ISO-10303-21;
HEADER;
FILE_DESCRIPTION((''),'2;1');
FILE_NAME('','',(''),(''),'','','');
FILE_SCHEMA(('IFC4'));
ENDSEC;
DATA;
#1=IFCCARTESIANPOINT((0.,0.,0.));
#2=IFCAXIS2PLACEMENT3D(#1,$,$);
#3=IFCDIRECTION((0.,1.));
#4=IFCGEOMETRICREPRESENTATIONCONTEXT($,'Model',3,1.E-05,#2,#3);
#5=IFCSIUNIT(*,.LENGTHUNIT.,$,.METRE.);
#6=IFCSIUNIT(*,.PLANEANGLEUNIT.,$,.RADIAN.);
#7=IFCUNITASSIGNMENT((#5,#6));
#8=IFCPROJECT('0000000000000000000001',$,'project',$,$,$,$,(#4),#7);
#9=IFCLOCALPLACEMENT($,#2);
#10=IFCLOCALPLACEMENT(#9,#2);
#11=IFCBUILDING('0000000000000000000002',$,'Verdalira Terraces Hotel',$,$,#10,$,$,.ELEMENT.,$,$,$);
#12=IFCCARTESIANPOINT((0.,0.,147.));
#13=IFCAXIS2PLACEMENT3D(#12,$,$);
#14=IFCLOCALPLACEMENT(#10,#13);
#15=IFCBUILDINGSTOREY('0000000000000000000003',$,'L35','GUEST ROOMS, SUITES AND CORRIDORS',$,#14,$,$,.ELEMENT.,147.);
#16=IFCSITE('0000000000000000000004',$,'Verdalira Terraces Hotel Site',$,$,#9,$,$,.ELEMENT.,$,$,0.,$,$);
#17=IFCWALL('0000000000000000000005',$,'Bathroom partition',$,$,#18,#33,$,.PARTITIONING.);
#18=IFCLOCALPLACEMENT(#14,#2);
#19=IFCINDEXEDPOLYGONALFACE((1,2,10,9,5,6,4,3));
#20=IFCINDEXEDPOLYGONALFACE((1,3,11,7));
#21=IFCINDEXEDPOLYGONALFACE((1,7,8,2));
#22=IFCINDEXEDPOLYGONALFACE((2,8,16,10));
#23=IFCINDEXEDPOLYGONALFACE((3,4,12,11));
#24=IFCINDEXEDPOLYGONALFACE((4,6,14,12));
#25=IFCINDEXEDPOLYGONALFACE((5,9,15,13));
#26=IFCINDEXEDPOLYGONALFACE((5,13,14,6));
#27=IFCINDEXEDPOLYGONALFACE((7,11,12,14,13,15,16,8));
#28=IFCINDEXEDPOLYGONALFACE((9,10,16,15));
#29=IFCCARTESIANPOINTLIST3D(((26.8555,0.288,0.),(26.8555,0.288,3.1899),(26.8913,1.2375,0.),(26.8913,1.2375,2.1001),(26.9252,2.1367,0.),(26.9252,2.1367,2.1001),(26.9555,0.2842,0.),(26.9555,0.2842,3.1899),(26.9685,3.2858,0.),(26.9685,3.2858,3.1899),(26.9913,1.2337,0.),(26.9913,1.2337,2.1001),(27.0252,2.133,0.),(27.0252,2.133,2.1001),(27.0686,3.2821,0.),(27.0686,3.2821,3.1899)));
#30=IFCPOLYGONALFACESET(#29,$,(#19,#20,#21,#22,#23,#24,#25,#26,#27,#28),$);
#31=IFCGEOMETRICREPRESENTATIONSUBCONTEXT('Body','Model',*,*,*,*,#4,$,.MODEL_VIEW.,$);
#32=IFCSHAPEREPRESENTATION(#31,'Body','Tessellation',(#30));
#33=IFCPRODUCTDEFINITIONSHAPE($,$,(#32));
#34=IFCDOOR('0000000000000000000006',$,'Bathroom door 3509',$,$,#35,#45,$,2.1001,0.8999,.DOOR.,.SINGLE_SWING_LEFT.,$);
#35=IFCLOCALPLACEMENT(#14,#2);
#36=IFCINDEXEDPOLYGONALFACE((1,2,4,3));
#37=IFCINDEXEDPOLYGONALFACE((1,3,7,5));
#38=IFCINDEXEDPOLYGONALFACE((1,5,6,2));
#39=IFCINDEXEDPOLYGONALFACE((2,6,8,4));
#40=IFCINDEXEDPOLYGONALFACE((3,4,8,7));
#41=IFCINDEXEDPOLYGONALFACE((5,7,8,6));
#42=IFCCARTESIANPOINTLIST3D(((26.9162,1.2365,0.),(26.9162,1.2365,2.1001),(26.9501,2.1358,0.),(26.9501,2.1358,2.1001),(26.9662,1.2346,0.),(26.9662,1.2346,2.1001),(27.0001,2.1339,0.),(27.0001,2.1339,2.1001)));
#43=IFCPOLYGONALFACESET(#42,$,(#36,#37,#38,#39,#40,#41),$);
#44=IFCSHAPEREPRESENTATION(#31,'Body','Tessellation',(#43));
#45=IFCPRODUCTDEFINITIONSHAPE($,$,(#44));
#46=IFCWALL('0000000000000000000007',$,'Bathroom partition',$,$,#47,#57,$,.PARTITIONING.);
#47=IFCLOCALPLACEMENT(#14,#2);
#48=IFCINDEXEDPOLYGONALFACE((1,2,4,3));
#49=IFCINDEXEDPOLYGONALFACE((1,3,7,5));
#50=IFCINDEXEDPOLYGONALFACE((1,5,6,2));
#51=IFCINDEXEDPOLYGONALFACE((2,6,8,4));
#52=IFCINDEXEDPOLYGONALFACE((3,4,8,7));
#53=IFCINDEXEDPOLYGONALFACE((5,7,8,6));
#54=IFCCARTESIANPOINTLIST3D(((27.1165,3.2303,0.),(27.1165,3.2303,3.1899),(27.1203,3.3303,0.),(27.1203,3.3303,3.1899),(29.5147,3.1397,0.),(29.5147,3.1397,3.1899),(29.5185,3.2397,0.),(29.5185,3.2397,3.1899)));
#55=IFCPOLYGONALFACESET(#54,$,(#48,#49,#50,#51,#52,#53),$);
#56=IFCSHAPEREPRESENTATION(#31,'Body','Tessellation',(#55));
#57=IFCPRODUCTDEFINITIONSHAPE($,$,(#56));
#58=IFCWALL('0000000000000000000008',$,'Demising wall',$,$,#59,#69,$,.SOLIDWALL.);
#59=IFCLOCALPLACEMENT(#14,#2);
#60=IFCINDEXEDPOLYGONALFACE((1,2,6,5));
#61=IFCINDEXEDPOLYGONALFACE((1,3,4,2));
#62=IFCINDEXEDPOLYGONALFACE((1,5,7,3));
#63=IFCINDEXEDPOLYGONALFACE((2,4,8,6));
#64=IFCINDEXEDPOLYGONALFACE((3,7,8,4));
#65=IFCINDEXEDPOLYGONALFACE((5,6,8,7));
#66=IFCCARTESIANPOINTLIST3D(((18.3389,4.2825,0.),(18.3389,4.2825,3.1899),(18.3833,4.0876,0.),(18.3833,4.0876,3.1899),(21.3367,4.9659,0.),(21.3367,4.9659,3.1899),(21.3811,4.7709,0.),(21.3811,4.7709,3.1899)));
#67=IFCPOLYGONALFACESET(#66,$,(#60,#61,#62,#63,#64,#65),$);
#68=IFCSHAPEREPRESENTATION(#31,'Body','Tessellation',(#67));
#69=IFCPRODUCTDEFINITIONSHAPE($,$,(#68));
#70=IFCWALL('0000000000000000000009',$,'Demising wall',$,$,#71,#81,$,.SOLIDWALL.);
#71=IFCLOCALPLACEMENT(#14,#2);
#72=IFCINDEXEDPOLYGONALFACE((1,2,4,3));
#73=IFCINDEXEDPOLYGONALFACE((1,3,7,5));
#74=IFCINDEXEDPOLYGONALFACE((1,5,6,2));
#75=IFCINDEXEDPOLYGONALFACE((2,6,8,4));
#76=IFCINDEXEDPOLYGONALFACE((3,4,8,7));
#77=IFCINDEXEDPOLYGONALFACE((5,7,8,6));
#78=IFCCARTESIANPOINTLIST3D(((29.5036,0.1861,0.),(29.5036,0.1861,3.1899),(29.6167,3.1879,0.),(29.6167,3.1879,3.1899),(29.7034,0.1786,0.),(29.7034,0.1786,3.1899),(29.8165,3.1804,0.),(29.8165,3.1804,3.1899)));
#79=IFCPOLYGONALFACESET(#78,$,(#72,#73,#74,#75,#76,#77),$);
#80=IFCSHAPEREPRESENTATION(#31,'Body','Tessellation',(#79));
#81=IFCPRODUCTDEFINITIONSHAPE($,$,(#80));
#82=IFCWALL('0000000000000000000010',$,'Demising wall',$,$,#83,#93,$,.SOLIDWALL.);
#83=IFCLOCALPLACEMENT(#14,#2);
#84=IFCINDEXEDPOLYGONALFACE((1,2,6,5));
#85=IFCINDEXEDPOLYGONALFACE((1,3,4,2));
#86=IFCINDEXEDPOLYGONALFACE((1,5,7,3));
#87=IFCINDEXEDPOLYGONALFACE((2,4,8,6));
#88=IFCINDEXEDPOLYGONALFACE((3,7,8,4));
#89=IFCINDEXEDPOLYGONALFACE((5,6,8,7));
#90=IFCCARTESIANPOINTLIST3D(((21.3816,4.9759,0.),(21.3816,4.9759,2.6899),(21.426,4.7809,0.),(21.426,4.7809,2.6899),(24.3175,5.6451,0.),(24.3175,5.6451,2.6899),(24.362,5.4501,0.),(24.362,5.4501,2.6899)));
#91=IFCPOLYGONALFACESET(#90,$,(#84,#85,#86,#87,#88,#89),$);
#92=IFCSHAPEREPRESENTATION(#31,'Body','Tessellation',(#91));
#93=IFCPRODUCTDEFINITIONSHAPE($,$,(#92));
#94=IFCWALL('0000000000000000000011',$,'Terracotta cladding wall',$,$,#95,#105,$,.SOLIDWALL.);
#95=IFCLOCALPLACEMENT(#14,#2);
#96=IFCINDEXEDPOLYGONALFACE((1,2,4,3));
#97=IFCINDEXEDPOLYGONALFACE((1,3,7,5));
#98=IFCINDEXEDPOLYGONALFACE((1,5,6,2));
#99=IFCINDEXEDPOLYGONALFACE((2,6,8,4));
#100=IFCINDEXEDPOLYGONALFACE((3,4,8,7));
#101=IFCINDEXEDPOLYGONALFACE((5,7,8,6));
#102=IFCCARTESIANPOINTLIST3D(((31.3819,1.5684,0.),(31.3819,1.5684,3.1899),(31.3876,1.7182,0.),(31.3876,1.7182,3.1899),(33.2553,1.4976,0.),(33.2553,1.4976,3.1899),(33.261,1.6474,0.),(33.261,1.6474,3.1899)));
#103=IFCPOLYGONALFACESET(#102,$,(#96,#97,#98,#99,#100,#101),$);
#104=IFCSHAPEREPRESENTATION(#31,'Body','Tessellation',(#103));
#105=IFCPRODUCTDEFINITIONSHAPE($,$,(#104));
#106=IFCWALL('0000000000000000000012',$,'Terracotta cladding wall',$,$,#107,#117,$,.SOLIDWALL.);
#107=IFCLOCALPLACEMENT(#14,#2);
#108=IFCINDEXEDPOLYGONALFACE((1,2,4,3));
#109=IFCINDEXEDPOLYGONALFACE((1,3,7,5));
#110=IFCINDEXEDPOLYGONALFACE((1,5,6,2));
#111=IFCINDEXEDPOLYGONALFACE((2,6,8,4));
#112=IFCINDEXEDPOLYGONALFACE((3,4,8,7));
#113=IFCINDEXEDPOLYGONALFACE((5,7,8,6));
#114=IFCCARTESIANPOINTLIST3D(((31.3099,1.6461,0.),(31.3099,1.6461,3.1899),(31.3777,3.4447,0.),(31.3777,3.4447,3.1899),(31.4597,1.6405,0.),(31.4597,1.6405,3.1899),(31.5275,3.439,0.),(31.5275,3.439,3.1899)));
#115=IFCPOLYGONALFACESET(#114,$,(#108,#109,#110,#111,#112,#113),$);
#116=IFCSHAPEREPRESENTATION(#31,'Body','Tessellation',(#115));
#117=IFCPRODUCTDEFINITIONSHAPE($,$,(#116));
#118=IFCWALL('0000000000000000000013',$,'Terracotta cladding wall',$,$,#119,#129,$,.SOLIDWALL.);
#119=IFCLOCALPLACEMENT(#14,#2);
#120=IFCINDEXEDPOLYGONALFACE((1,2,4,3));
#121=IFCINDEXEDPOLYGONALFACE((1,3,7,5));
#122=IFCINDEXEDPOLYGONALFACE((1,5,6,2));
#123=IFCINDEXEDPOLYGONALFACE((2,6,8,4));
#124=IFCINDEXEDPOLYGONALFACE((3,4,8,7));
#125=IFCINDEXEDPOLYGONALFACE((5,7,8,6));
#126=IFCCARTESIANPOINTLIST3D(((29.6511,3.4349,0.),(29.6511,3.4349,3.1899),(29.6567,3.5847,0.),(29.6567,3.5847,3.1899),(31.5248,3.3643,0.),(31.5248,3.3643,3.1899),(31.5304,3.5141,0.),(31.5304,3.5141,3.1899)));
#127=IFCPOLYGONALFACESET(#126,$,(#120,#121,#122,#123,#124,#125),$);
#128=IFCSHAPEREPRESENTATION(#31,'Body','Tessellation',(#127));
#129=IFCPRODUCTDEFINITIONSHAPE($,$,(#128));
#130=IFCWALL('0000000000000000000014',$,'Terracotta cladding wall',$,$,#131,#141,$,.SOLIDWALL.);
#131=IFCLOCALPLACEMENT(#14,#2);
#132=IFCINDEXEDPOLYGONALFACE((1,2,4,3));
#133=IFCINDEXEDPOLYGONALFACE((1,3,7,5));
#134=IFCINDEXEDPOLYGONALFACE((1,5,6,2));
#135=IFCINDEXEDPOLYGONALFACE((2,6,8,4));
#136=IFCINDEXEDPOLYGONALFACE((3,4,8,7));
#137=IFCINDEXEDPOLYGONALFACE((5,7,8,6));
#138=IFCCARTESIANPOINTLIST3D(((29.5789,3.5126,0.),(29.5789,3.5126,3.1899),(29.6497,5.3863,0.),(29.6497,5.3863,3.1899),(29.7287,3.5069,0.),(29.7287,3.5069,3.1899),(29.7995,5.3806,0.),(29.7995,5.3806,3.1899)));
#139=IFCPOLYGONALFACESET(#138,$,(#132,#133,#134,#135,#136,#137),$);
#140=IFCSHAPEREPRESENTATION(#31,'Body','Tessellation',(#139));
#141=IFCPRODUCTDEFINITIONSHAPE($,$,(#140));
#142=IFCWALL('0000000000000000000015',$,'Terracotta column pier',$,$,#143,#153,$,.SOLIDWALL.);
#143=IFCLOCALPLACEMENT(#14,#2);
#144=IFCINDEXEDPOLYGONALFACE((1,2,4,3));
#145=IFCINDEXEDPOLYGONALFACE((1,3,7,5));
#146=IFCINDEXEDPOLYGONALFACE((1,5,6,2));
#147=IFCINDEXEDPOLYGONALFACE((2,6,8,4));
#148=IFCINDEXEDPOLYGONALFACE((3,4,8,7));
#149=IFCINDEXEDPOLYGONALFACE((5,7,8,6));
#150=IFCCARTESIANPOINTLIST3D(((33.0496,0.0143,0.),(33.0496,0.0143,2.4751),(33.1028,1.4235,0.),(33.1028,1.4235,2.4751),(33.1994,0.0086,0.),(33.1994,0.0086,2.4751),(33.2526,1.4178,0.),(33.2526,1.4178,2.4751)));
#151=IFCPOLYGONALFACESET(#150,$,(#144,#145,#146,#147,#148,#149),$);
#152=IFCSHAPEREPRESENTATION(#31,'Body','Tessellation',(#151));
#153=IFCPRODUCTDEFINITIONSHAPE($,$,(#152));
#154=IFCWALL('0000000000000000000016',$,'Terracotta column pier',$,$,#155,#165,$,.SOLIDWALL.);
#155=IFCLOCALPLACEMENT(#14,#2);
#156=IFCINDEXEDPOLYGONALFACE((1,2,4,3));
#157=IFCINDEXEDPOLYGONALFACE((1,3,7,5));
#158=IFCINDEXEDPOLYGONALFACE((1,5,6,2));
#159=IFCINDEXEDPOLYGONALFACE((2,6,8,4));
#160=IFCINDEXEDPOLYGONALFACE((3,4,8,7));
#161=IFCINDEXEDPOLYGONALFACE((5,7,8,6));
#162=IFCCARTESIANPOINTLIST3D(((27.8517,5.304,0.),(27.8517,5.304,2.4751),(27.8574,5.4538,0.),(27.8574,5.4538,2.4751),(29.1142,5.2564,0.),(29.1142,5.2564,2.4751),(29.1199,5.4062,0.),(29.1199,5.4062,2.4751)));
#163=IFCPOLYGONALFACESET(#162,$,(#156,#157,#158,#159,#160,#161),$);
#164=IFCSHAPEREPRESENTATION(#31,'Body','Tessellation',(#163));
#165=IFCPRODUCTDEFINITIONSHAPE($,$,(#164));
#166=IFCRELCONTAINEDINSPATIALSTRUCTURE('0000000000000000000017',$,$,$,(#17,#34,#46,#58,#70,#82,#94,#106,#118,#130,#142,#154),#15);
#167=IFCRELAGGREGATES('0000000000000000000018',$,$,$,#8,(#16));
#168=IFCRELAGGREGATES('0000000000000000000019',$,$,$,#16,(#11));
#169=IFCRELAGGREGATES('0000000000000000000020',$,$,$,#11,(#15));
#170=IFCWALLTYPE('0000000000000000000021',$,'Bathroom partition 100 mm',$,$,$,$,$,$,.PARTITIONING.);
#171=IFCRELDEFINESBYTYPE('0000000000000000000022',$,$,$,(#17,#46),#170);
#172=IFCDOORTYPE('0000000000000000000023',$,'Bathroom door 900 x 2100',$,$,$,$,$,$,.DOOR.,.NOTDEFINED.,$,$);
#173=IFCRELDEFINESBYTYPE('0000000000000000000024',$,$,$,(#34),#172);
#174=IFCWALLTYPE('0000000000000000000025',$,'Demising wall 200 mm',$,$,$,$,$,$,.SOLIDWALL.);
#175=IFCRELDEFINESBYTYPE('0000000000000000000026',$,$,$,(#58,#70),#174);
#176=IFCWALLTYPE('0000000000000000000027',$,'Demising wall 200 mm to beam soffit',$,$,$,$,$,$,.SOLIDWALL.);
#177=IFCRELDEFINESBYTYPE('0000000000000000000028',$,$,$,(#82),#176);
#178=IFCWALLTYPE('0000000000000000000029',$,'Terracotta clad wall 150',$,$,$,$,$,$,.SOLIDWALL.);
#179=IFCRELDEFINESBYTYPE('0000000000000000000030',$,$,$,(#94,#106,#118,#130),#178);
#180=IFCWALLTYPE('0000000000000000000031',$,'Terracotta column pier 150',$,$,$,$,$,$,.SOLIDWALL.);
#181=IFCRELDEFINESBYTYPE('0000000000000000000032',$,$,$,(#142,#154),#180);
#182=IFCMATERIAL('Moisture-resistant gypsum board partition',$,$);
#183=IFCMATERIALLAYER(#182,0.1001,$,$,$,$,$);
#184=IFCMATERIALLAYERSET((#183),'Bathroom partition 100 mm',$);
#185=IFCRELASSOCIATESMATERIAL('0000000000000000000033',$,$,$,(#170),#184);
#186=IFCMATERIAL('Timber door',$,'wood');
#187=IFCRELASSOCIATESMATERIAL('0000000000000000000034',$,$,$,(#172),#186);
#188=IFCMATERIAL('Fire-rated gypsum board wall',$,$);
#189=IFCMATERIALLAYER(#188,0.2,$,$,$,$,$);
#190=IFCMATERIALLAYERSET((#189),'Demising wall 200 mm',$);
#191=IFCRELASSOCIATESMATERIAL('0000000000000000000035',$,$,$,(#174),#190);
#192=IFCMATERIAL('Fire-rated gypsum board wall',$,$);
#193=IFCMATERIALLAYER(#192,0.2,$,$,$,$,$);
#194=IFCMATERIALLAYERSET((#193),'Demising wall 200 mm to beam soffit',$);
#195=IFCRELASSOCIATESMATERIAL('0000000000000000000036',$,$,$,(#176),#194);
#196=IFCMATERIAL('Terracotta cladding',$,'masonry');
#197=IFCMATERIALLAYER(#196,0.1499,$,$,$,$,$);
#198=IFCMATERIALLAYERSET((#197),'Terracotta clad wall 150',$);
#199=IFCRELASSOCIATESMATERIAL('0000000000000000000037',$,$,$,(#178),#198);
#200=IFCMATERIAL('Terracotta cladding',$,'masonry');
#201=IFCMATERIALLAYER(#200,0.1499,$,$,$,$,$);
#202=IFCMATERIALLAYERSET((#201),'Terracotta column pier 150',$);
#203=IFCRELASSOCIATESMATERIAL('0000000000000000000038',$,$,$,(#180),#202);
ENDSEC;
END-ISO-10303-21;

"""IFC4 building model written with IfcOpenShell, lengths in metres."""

from ifc_helpers import new_model, si_unit, direction, frame, frame_2d, origin, place, context, subcontext, project, spatial, rectangle, extrude, material, layer, layer_set, type_object, element, fill, save


model = new_model("IFC4")

# Units and contexts
model_context = context("Model", 3, precision=1e-05, world=origin(), true_north=direction((0.0, 1.0)))
body_context = subcontext(model_context, "Body", "Model", "MODEL_VIEW")
ifc_project = project(units=[si_unit("LENGTHUNIT", "METRE"), si_unit("PLANEANGLEUNIT", "RADIAN")], contexts=[model_context])

# Site, building, storey
site_placement = place(None, origin())
site = spatial("IfcSite", under=ifc_project, at=site_placement, Name="Verdalira Terraces Hotel Site", CompositionType="ELEMENT", RefElevation=0.0)
building_placement = place(site_placement, origin())
building = spatial("IfcBuilding", under=site, at=building_placement, Name="Verdalira Terraces Hotel", CompositionType="ELEMENT")
storey_placement = place(building_placement, frame((0.0, 0.0, 147.0)))
storey = spatial("IfcBuildingStorey", under=building, at=storey_placement, Name="L35", Description="GUEST ROOMS, SUITES AND CORRIDORS", CompositionType="ELEMENT", Elevation=147.0)

# Wall, opening, door
ifc_material_1 = material(Name="Moisture-resistant gypsum board partition")
ifc_layer_1 = layer(ifc_material_1, 0.1001)
ifc_layer_set_1 = layer_set([ifc_layer_1], Name="Bathroom partition 100 mm")
wall_type_1 = type_object("IfcWallType", Name="Bathroom partition 100 mm", PredefinedType="PARTITIONING", material=ifc_layer_set_1)
wall_1_placement = place(storey_placement, frame((27.0186, 3.2839, 0.0), z_axis=(0.0, 0.0, 1.0), x_axis=(-0.03768, -0.99929, 0.0)))
wall_1 = element("IfcWall", 1, at=wall_1_placement, inside=storey, type_object=wall_type_1, Name="Bathroom partition", PredefinedType="PARTITIONING", context=body_context, shape_type="SweptSolid", body=[
    extrude(rectangle(XDim=3.0, YDim=0.1001, at=frame_2d((1.5, 0.0))), origin(), (0.0, 0.0, 1.0), 3.1899),
])
opening_placement = place(wall_1_placement, frame((1.1499, 0.0, 0.0)))
opening = element("IfcOpeningElement", 2, at=opening_placement, cuts=wall_1, PredefinedType="OPENING", context=body_context, shape_type="SweptSolid", body=[
    extrude(rectangle(XDim=0.8999, YDim=2.1001, at=frame_2d((0.45, 1.05))), frame((0.0, 0.0601, 0.0), z_axis=(0.0, -1.0, 0.0), x_axis=(1.0, 0.0, 0.0)), (0.0, 0.0, 1.0), 0.1201),
])
ifc_material_2 = material(Name="Timber door", Category="wood")
door_type = type_object("IfcDoorType", Name="Bathroom door 900 x 2100", OperationType="NOTDEFINED", PredefinedType="DOOR", material=ifc_material_2)
door_placement = place(opening_placement, origin())
door = element("IfcDoor", 3, at=door_placement, inside=storey, type_object=door_type, Name="Bathroom door 3509", OperationType="SINGLE_SWING_LEFT", OverallHeight=2.1001, OverallWidth=0.8999, PredefinedType="DOOR", context=body_context, shape_type="SweptSolid", body=[
    extrude(rectangle(XDim=0.8999, YDim=2.1001, at=frame_2d((0.45, 1.05))), frame((0.0, 0.0249, 0.0), z_axis=(0.0, -1.0, 0.0), x_axis=(1.0, 0.0, 0.0)), (0.0, 0.0, 1.0), 0.05),
])
fill(opening, door)

# Walls
wall_2_placement = place(storey_placement, frame((27.1184, 3.2803, 0.0), z_axis=(0.0, 0.0, 1.0), x_axis=(0.999288, -0.037742, 0.0)))
element("IfcWall", 4, at=wall_2_placement, inside=storey, type_object=wall_type_1, Name="Bathroom partition", PredefinedType="PARTITIONING", context=body_context, shape_type="SweptSolid", body=[
    extrude(rectangle(XDim=2.3999, YDim=0.1001, at=frame_2d((1.2, 0.0))), origin(), (0.0, 0.0, 1.0), 3.1899),
])
ifc_material_3 = material(Name="Fire-rated gypsum board wall")
ifc_layer_2 = layer(ifc_material_3, 0.2)
ifc_layer_set_2 = layer_set([ifc_layer_2], Name="Demising wall 200 mm")
wall_type_2 = type_object("IfcWallType", Name="Demising wall 200 mm", PredefinedType="SOLIDWALL", material=ifc_layer_set_2)
wall_3_placement = place(storey_placement, frame((18.3611, 4.1851, 0.0), z_axis=(0.0, 0.0, 1.0), x_axis=(0.97499, 0.222249, 0.0)))
element("IfcWall", 5, at=wall_3_placement, inside=storey, type_object=wall_type_2, Name="Demising wall", PredefinedType="SOLIDWALL", context=body_context, shape_type="SweptSolid", body=[
    extrude(rectangle(XDim=3.0747, YDim=0.2, at=frame_2d((1.5374, 0.0))), origin(), (0.0, 0.0, 1.0), 3.1899),
])
wall_4_placement = place(storey_placement, frame((29.6035, 0.1824, 0.0), z_axis=(0.0, 0.0, 1.0), x_axis=(0.037631, 0.999292, 0.0)))
element("IfcWall", 6, at=wall_4_placement, inside=storey, type_object=wall_type_2, Name="Demising wall", PredefinedType="SOLIDWALL", context=body_context, shape_type="SweptSolid", body=[
    extrude(rectangle(XDim=3.0039, YDim=0.2, at=frame_2d((1.502, 0.0))), origin(), (0.0, 0.0, 1.0), 3.1899),
])
ifc_material_4 = material(Name="Fire-rated gypsum board wall")
ifc_layer_3 = layer(ifc_material_4, 0.2)
ifc_layer_set_3 = layer_set([ifc_layer_3], Name="Demising wall 200 mm to beam soffit")
wall_type_3 = type_object("IfcWallType", Name="Demising wall 200 mm to beam soffit", PredefinedType="SOLIDWALL", material=ifc_layer_set_3)
wall_5_placement = place(storey_placement, frame((21.4038, 4.8784, 0.0), z_axis=(0.0, 0.0, 1.0), x_axis=(0.974996, 0.222224, 0.0)))
element("IfcWall", 7, at=wall_5_placement, inside=storey, type_object=wall_type_3, Name="Demising wall", PredefinedType="SOLIDWALL", context=body_context, shape_type="SweptSolid", body=[
    extrude(rectangle(XDim=3.0112, YDim=0.2, at=frame_2d((1.5056, 0.0))), origin(), (0.0, 0.0, 1.0), 2.6899),
])
ifc_material_5 = material(Name="Terracotta cladding", Category="masonry")
ifc_layer_4 = layer(ifc_material_5, 0.1499)
ifc_layer_set_4 = layer_set([ifc_layer_4], Name="Terracotta clad wall 150")
wall_type_4 = type_object("IfcWallType", Name="Terracotta clad wall 150", PredefinedType="SOLIDWALL", material=ifc_layer_set_4)
wall_6_placement = place(storey_placement, frame((33.2583, 1.5725, 0.0), z_axis=(0.0, 0.0, 1.0), x_axis=(-0.999287, 0.037763, 0.0)))
element("IfcWall", 8, at=wall_6_placement, inside=storey, type_object=wall_type_4, Name="Terracotta cladding wall", PredefinedType="SOLIDWALL", context=body_context, shape_type="SweptSolid", body=[
    extrude(rectangle(XDim=1.8748, YDim=0.1499, at=frame_2d((0.9375, 0.0))), origin(), (0.0, 0.0, 1.0), 3.1899),
])
wall_7_placement = place(storey_placement, frame((31.3848, 1.6433, 0.0), z_axis=(0.0, 0.0, 1.0), x_axis=(0.037709, 0.999289, 0.0)))
element("IfcWall", 9, at=wall_7_placement, inside=storey, type_object=wall_type_4, Name="Terracotta cladding wall", PredefinedType="SOLIDWALL", context=body_context, shape_type="SweptSolid", body=[
    extrude(rectangle(XDim=1.7998, YDim=0.1499, at=frame_2d((0.8999, 0.0))), origin(), (0.0, 0.0, 1.0), 3.1899),
])
for number, where, z_axis, x_axis, name in (
    (10, (31.5276, 3.4392, 0.0), (0.0, 0.0, 1.0), (-0.999292, 0.037628, 0.0), "Terracotta cladding wall"),
    (11, (29.6538, 3.5098, 0.0), (0.0, 0.0, 1.0), (0.037758, 0.999287, 0.0), "Terracotta cladding wall"),
):
    element("IfcWall", number, at=place(storey_placement, frame(where, z_axis=z_axis, x_axis=x_axis)), inside=storey, type_object=wall_type_4, Name=name, PredefinedType="SOLIDWALL", context=body_context, shape_type="SweptSolid", body=[
        extrude(rectangle(XDim=1.875, YDim=0.1499, at=frame_2d((0.9375, 0.0))), origin(), (0.0, 0.0, 1.0), 3.1899),
    ])
ifc_material_6 = material(Name="Terracotta cladding", Category="masonry")
ifc_layer_5 = layer(ifc_material_6, 0.1499)
ifc_layer_set_5 = layer_set([ifc_layer_5], Name="Terracotta column pier 150")
wall_type_5 = type_object("IfcWallType", Name="Terracotta column pier 150", PredefinedType="SOLIDWALL", material=ifc_layer_set_5)
wall_8_placement = place(storey_placement, frame((33.1245, 0.0115, 0.0), z_axis=(0.0, 0.0, 1.0), x_axis=(0.037742, 0.999288, 0.0)))
element("IfcWall", 12, at=wall_8_placement, inside=storey, type_object=wall_type_5, Name="Terracotta column pier", PredefinedType="SOLIDWALL", context=body_context, shape_type="SweptSolid", body=[
    extrude(rectangle(XDim=1.4102, YDim=0.1499, at=frame_2d((0.7051, 0.0))), origin(), (0.0, 0.0, 1.0), 2.4751),
])
wall_9_placement = place(storey_placement, frame((29.1172, 5.3313, 0.0), z_axis=(0.0, 0.0, 1.0), x_axis=(-0.99929, 0.037684, 0.0)))
element("IfcWall", 13, at=wall_9_placement, inside=storey, type_object=wall_type_5, Name="Terracotta column pier", PredefinedType="SOLIDWALL", context=body_context, shape_type="SweptSolid", body=[
    extrude(rectangle(XDim=1.2634, YDim=0.1499, at=frame_2d((0.6318, 0.0))), origin(), (0.0, 0.0, 1.0), 2.4751),
])

save(model, "model.ifc")
